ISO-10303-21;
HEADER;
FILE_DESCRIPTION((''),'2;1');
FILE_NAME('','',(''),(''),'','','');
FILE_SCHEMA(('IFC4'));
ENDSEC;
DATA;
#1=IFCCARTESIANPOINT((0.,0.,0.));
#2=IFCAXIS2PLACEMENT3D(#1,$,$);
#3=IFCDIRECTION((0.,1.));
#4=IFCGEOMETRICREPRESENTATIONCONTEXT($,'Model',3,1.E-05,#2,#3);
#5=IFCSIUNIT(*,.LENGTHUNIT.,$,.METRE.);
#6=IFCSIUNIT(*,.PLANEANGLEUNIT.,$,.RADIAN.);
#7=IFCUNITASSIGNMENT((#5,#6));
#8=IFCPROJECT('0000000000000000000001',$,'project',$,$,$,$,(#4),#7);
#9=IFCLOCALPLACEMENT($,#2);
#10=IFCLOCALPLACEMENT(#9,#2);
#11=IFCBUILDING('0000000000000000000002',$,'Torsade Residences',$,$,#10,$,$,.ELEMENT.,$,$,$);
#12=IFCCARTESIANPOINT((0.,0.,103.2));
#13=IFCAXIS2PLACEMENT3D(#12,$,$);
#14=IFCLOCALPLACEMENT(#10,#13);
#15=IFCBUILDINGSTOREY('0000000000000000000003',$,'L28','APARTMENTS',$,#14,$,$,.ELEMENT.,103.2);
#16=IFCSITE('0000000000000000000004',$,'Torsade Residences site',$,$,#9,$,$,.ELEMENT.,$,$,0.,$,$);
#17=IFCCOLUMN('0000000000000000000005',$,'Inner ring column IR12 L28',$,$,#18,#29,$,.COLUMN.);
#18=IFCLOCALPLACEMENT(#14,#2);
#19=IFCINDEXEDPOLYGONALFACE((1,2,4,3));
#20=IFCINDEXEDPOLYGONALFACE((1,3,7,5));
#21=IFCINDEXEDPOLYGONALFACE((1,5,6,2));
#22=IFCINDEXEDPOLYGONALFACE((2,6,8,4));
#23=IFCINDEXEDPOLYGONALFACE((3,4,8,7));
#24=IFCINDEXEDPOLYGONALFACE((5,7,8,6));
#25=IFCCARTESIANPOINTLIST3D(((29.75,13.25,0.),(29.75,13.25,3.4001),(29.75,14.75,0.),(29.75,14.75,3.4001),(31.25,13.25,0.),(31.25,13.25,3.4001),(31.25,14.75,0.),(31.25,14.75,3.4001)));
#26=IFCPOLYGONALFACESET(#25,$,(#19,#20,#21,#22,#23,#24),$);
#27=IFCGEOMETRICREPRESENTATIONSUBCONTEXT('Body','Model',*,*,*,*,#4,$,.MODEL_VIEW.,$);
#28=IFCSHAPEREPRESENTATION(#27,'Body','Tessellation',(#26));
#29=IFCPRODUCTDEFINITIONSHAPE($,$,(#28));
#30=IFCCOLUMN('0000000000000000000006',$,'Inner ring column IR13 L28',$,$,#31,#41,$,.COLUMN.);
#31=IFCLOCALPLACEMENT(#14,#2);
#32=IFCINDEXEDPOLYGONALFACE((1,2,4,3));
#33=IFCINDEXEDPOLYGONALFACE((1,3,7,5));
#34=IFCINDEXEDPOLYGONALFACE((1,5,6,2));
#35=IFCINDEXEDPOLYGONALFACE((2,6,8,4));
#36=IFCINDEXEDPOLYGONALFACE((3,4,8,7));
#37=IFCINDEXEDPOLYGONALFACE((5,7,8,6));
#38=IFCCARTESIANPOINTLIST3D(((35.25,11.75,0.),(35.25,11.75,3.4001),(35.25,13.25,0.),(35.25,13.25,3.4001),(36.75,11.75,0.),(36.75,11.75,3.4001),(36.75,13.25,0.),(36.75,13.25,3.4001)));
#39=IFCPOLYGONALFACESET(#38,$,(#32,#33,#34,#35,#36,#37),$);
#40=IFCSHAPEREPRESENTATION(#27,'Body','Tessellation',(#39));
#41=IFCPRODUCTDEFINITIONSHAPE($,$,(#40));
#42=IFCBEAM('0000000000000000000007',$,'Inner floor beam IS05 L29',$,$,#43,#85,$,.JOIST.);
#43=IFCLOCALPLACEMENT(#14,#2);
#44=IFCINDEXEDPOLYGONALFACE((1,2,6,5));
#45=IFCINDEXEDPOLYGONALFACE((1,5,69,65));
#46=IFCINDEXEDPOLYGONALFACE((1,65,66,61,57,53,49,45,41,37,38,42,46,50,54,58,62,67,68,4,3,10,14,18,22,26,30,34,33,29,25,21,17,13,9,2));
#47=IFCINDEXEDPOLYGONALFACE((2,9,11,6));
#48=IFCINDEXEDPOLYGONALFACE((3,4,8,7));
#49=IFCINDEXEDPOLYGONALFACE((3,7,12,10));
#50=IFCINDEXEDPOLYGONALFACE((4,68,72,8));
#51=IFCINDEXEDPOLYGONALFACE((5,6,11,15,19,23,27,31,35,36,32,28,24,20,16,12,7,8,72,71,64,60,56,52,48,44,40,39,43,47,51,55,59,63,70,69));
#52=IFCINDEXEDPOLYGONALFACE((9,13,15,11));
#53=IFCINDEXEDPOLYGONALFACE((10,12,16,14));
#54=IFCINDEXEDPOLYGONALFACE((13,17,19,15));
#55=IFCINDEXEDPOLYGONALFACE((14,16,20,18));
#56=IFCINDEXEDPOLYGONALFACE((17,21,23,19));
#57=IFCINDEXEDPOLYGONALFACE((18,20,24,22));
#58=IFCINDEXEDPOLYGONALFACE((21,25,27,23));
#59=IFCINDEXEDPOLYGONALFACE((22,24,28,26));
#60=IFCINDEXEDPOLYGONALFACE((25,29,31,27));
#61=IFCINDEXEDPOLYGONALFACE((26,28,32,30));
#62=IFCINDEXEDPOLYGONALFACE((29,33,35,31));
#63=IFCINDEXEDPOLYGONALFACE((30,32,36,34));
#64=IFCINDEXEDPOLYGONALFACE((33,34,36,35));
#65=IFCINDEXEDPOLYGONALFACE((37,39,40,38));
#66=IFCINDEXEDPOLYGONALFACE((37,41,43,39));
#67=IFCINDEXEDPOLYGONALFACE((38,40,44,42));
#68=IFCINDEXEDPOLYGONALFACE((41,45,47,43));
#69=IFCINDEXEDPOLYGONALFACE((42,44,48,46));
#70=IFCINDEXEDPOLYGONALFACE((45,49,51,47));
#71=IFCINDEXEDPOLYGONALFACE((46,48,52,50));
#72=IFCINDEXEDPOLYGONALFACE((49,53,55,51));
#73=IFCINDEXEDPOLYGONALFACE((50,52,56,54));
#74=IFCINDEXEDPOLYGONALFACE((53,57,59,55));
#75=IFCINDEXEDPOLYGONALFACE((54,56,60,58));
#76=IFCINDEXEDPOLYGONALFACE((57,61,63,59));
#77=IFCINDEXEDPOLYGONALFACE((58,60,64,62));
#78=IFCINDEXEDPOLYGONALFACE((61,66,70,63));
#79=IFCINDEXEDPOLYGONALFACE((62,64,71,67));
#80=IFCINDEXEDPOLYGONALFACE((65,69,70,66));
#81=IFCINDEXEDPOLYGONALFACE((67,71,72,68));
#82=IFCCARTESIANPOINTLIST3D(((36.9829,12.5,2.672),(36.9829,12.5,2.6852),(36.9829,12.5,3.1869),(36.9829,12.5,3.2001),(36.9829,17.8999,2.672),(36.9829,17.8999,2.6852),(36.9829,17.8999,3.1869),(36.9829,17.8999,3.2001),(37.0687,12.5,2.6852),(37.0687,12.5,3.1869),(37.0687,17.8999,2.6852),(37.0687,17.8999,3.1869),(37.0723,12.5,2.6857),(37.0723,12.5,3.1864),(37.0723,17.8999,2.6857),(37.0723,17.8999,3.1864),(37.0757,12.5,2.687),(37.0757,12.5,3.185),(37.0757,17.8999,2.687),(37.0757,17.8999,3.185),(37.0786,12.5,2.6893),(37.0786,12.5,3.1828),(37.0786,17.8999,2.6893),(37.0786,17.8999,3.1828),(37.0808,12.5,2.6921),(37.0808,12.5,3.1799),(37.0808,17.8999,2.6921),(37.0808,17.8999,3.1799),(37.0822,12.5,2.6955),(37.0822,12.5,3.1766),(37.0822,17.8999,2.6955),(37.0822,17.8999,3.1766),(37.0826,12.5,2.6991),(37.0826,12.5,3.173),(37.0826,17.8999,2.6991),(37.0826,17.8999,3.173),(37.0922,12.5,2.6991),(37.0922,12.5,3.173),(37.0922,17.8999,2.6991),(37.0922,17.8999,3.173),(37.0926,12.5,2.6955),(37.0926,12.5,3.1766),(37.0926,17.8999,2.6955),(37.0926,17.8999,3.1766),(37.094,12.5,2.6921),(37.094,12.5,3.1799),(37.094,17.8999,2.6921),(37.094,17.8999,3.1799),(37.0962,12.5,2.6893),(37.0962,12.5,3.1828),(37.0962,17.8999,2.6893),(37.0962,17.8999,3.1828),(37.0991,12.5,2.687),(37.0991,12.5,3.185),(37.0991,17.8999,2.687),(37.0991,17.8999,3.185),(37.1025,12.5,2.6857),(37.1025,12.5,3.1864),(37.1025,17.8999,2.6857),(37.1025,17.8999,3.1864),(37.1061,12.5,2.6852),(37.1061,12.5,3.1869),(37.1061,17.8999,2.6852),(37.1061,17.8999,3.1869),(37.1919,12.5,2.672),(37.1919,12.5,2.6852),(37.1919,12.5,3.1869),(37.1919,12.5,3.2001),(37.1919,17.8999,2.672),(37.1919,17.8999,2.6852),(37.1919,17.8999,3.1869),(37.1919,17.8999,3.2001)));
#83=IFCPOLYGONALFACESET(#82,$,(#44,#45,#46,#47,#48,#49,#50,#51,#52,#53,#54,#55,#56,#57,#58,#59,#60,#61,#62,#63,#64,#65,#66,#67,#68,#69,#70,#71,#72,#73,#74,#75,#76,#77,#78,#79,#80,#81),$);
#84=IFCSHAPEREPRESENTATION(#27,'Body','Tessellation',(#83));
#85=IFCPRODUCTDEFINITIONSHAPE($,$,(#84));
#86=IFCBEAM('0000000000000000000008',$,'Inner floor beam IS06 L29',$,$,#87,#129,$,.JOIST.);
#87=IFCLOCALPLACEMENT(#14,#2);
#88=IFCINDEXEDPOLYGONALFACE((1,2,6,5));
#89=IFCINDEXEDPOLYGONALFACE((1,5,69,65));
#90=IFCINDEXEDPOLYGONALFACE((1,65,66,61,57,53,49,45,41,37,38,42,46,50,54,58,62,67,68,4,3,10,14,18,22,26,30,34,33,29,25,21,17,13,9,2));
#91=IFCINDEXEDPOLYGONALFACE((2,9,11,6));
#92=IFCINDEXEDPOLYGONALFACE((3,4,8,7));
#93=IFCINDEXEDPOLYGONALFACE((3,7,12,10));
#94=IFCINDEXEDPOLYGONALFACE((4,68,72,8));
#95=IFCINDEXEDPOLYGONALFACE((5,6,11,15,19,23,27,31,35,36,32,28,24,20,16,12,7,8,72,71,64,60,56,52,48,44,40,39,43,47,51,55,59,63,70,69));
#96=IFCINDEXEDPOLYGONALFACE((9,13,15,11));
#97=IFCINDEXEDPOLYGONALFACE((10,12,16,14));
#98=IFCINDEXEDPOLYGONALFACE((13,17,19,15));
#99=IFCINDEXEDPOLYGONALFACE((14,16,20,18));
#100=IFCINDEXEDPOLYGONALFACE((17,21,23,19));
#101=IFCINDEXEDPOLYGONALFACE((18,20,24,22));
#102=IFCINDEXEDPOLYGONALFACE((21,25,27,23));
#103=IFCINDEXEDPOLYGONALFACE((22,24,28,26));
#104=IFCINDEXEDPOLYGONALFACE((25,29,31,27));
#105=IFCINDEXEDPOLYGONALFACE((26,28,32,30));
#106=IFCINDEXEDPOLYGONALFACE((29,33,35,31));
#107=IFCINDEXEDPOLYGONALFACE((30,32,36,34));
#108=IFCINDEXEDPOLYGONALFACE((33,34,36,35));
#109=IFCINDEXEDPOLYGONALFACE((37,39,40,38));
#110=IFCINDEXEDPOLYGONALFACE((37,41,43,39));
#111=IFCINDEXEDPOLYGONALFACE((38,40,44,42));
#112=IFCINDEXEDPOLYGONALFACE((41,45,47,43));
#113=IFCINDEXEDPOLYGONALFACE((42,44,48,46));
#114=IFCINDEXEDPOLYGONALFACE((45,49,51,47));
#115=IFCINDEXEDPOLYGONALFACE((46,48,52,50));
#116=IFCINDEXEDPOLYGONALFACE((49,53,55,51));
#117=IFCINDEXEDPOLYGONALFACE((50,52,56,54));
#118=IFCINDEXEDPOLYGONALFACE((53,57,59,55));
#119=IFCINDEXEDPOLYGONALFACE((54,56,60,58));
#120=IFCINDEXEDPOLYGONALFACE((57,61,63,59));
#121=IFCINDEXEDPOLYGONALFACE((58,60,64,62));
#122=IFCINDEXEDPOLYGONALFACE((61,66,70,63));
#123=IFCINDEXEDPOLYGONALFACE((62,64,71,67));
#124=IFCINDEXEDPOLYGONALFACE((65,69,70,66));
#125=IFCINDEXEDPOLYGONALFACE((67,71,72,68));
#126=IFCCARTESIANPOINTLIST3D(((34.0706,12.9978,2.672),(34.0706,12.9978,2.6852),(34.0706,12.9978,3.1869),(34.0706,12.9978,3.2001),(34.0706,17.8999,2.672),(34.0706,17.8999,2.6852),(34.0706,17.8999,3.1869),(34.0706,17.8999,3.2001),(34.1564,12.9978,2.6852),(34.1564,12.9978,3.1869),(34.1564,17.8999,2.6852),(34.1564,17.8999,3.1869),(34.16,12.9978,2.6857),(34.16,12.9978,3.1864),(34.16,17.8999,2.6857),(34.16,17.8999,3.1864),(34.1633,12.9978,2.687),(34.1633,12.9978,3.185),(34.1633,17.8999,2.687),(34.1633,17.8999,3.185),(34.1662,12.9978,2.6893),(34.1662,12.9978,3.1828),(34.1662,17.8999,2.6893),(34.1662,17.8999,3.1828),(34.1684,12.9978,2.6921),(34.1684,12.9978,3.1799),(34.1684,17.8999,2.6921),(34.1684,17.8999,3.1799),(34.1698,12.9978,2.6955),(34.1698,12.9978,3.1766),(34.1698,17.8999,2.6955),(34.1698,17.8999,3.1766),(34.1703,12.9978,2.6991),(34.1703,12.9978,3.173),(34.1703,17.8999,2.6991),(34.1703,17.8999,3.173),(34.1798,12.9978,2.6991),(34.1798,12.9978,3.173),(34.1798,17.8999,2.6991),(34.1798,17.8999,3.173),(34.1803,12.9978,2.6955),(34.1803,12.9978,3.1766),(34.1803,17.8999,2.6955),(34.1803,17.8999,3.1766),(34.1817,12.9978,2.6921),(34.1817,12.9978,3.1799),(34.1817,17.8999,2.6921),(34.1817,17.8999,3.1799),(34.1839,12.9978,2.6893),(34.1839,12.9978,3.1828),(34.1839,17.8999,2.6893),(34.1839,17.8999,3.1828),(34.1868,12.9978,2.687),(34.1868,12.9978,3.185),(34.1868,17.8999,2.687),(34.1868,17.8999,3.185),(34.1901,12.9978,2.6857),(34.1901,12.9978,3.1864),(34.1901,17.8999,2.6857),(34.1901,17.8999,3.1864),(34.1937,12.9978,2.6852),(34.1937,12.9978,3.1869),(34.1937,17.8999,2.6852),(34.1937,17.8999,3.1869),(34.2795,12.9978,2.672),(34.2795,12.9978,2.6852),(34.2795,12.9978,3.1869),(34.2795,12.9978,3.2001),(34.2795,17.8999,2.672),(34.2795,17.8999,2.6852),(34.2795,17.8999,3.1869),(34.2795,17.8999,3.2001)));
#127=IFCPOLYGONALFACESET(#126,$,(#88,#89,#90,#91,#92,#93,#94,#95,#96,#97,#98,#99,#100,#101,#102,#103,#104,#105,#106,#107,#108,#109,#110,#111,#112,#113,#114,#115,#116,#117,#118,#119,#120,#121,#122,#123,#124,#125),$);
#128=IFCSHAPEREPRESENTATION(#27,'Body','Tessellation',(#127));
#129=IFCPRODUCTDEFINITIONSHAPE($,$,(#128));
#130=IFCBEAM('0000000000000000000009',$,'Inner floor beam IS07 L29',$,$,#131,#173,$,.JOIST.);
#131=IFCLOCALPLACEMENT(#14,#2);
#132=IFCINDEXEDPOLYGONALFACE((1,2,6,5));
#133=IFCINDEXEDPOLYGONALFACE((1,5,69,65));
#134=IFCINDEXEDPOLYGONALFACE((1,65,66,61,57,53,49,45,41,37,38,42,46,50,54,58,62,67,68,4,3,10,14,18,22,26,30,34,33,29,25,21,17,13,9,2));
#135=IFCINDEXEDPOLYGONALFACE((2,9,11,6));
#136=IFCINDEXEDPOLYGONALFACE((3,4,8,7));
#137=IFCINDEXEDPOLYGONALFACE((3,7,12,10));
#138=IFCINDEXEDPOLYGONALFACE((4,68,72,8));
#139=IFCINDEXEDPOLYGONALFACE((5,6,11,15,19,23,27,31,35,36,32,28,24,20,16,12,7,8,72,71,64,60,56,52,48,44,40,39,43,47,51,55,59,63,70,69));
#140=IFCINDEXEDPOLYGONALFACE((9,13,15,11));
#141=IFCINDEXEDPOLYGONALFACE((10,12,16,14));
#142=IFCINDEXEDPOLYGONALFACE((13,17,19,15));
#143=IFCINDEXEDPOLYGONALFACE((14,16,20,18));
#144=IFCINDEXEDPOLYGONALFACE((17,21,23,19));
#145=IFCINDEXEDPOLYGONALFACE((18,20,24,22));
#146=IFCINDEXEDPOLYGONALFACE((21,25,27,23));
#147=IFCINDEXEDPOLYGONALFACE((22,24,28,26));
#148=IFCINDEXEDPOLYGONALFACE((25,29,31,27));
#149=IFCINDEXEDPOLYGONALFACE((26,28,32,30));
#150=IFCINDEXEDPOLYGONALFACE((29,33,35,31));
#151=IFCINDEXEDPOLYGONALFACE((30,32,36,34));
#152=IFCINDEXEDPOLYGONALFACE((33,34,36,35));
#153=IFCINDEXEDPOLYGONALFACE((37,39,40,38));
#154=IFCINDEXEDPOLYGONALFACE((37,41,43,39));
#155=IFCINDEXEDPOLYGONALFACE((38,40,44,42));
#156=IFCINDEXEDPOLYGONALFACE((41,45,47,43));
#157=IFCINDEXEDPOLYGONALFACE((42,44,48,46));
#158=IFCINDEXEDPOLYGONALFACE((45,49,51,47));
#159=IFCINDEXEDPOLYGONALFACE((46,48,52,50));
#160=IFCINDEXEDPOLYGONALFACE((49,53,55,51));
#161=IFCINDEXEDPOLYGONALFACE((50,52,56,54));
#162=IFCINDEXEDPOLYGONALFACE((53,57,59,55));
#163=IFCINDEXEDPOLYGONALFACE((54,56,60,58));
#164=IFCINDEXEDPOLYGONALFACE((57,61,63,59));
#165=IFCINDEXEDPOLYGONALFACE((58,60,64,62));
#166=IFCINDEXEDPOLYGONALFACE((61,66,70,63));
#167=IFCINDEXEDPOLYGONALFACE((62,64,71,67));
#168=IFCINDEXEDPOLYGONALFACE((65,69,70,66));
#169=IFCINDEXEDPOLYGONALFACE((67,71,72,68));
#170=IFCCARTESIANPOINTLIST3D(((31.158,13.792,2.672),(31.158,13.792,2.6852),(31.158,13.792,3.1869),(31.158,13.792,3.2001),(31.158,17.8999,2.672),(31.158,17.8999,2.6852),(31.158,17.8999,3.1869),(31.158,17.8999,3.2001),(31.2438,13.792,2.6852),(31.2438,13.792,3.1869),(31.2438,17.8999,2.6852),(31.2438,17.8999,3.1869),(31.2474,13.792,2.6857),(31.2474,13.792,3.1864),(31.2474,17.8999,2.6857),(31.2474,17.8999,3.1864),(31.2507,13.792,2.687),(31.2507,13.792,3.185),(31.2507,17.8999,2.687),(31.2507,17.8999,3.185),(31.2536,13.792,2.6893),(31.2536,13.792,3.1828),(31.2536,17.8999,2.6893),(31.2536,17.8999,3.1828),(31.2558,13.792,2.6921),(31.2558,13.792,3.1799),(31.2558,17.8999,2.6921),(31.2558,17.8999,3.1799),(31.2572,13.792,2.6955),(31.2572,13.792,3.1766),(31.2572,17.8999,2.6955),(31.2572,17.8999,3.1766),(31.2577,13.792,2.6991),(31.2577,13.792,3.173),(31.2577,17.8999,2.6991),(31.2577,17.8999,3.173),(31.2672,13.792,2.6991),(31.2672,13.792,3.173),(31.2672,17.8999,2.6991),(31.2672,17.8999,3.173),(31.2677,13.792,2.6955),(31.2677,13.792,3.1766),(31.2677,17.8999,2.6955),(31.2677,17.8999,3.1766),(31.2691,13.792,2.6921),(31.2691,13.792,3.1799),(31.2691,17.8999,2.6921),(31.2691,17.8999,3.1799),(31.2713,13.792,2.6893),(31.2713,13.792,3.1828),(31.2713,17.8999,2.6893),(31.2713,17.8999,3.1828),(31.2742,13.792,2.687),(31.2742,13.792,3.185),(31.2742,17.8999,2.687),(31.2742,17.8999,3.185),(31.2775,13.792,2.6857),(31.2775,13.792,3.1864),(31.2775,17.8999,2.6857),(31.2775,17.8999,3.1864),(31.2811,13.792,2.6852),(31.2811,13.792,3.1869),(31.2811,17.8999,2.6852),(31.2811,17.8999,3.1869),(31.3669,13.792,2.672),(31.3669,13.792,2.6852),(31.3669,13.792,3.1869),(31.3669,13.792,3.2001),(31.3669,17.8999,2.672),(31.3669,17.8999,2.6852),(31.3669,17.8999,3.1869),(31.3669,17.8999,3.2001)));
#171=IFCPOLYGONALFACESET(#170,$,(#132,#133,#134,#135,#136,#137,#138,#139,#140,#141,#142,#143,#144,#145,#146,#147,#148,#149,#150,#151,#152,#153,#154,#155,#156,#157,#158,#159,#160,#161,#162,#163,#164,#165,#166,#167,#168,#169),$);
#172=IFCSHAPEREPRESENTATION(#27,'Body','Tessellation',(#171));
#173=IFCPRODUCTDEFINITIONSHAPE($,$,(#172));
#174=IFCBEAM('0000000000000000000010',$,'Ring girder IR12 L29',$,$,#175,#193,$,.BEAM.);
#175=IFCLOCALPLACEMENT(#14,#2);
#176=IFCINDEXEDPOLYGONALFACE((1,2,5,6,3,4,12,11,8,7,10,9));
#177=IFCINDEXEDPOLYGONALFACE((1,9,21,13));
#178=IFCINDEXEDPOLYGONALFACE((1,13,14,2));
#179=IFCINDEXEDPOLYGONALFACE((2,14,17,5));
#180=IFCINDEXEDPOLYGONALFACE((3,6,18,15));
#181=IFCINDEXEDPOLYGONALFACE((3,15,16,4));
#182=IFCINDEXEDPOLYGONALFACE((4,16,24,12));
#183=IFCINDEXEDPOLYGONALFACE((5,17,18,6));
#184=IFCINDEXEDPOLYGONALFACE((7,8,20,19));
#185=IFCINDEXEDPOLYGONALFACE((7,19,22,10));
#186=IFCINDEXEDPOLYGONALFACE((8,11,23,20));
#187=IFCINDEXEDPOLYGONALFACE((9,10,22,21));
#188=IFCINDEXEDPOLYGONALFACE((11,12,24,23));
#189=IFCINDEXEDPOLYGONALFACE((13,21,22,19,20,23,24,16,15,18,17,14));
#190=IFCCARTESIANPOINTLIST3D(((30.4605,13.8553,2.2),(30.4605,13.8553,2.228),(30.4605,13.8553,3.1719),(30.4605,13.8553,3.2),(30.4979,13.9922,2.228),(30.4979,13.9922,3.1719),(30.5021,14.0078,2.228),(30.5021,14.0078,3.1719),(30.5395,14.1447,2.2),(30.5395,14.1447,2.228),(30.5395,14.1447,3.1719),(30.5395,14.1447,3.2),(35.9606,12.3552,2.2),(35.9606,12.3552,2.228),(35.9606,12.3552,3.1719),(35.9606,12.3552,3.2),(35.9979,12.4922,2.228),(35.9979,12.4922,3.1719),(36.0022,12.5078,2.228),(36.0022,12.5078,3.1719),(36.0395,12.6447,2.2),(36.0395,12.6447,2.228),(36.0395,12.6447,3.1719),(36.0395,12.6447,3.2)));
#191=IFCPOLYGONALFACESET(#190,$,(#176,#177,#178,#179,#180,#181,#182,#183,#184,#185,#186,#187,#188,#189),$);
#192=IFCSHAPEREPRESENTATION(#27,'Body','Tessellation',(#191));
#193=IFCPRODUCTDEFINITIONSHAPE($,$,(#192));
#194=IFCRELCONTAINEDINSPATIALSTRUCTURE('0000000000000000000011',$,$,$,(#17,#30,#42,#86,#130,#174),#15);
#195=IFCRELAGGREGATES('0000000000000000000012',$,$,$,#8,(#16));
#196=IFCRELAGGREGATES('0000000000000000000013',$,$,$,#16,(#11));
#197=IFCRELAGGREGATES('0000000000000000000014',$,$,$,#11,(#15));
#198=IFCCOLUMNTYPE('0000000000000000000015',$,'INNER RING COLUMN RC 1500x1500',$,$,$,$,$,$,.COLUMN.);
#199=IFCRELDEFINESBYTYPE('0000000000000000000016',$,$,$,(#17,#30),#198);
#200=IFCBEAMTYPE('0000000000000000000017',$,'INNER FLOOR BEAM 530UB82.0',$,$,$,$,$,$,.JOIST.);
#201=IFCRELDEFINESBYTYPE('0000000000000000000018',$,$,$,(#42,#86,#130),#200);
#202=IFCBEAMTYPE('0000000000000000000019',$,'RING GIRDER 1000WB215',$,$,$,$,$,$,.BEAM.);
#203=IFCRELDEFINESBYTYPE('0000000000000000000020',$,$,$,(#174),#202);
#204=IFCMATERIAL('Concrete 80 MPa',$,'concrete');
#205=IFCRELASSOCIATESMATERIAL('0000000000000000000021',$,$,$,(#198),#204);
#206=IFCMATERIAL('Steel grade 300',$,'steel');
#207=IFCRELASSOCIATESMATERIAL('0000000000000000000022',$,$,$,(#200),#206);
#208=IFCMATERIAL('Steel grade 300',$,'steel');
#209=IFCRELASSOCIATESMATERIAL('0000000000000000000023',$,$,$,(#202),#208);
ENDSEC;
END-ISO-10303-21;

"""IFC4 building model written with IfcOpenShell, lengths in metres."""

from ifc_helpers import new_model, si_unit, direction, frame, origin, origin_2d, place, context, subcontext, project, spatial, rectangle, i_section, extrude, material, material_profile, profile_set, type_object, element, save


model = new_model("IFC4")

# Units and contexts
model_context = context("Model", 3, precision=1e-05, world=origin(), true_north=direction((0.0, 1.0)))
body_context = subcontext(model_context, "Body", "Model", "MODEL_VIEW")
ifc_project = project(units=[si_unit("LENGTHUNIT", "METRE"), si_unit("PLANEANGLEUNIT", "RADIAN")], contexts=[model_context])

# Site, building, storey
site_placement = place(None, origin())
site = spatial("IfcSite", under=ifc_project, at=site_placement, Name="Torsade Residences site", CompositionType="ELEMENT", RefElevation=0.0)
building_placement = place(site_placement, origin())
building = spatial("IfcBuilding", under=site, at=building_placement, Name="Torsade Residences", CompositionType="ELEMENT")
storey_placement = place(building_placement, frame((0.0, 0.0, 103.2)))
storey = spatial("IfcBuildingStorey", under=building, at=storey_placement, Name="L28", Description="APARTMENTS", CompositionType="ELEMENT", Elevation=103.2)

# Columns
ifc_material_1 = material(Name="Concrete 80 MPa", Category="concrete")
ifc_material_profile_1 = material_profile(ifc_material_1, rectangle(XDim=1.5, YDim=1.5, at=origin_2d()), Name="RC 1500x1500")
ifc_profile_set_1 = profile_set([ifc_material_profile_1], Name="Concrete 80 MPa")
column_type = type_object("IfcColumnType", Name="INNER RING COLUMN RC 1500x1500", PredefinedType="COLUMN", material=ifc_profile_set_1)
for number, where, z_axis, x_axis, name in (
    (1, (30.5, 14.0, 0.0), (0.0, 0.0, 1.0), (1.0, 0.0, 0.0), "Inner ring column IR12 L28"),
    (2, (36.0, 12.5, 0.0), (0.0, 0.0, 1.0), (1.0, 0.0, 0.0), "Inner ring column IR13 L28"),
):
    element("IfcColumn", number, at=place(storey_placement, frame(where, z_axis=z_axis, x_axis=x_axis)), inside=storey, type_object=column_type, Name=name, PredefinedType="COLUMN", context=body_context, shape_type="SweptSolid", body=[
        extrude(rectangle(XDim=1.5, YDim=1.5, at=origin_2d()), origin(), (0.0, 0.0, 1.0), 3.4001),
    ])

# Beams
ifc_material_2 = material(Name="Steel grade 300", Category="steel")
ifc_material_profile_2 = material_profile(ifc_material_2, i_section(OverallWidth=0.209, OverallDepth=0.5281, WebThickness=0.0095, FlangeThickness=0.0132, FilletRadius=0.0139, at=origin_2d()), Name="530UB82.0")
ifc_profile_set_2 = profile_set([ifc_material_profile_2], Name="Steel grade 300")
beam_type_1 = type_object("IfcBeamType", Name="INNER FLOOR BEAM 530UB82.0", PredefinedType="JOIST", material=ifc_profile_set_2)
beam_1_placement = place(storey_placement, frame((37.0874, 17.8999, 2.936), z_axis=(0.0, -1.0, 0.0), x_axis=(1.0, 0.0, 0.0)))
element("IfcBeam", 3, at=beam_1_placement, inside=storey, type_object=beam_type_1, Name="Inner floor beam IS05 L29", PredefinedType="JOIST", context=body_context, shape_type="SweptSolid", body=[
    extrude(i_section(OverallWidth=0.209, OverallDepth=0.5281, WebThickness=0.0095, FlangeThickness=0.0132, FilletRadius=0.0139, at=origin_2d()), origin(), (0.0, 0.0, 1.0), 5.3999),
])
beam_2_placement = place(storey_placement, frame((34.175, 17.8999, 2.936), z_axis=(0.0, -1.0, 0.0), x_axis=(1.0, 0.0, 0.0)))
element("IfcBeam", 4, at=beam_2_placement, inside=storey, type_object=beam_type_1, Name="Inner floor beam IS06 L29", PredefinedType="JOIST", context=body_context, shape_type="SweptSolid", body=[
    extrude(i_section(OverallWidth=0.209, OverallDepth=0.5281, WebThickness=0.0095, FlangeThickness=0.0132, FilletRadius=0.0139, at=origin_2d()), origin(), (0.0, 0.0, 1.0), 4.9021),
])
beam_3_placement = place(storey_placement, frame((31.2625, 17.8999, 2.936), z_axis=(0.0, -1.0, 0.0), x_axis=(1.0, 0.0, 0.0)))
element("IfcBeam", 5, at=beam_3_placement, inside=storey, type_object=beam_type_1, Name="Inner floor beam IS07 L29", PredefinedType="JOIST", context=body_context, shape_type="SweptSolid", body=[
    extrude(i_section(OverallWidth=0.209, OverallDepth=0.5281, WebThickness=0.0095, FlangeThickness=0.0132, FilletRadius=0.0139, at=origin_2d()), origin(), (0.0, 0.0, 1.0), 4.1079),
])
ifc_material_3 = material(Name="Steel grade 300", Category="steel")
ifc_material_profile_3 = material_profile(ifc_material_3, i_section(OverallWidth=0.3, OverallDepth=1.0, WebThickness=0.0161, FlangeThickness=0.0281, at=origin_2d()), Name="1000WB215")
ifc_profile_set_3 = profile_set([ifc_material_profile_3], Name="Steel grade 300")
beam_type_2 = type_object("IfcBeamType", Name="RING GIRDER 1000WB215", PredefinedType="BEAM", material=ifc_profile_set_3)
beam_4_placement = place(storey_placement, frame((30.5, 14.0, 2.7), z_axis=(0.964764, -0.263117, 0.0), x_axis=(0.263117, 0.964764, 0.0)))
element("IfcBeam", 6, at=beam_4_placement, inside=storey, type_object=beam_type_2, Name="Ring girder IR12 L29", PredefinedType="BEAM", context=body_context, shape_type="SweptSolid", body=[
    extrude(i_section(OverallWidth=0.3, OverallDepth=1.0, WebThickness=0.0161, FlangeThickness=0.0281, at=origin_2d()), origin(), (0.0, 0.0, 1.0), 5.7009),
])

save(model, "model.ifc")
